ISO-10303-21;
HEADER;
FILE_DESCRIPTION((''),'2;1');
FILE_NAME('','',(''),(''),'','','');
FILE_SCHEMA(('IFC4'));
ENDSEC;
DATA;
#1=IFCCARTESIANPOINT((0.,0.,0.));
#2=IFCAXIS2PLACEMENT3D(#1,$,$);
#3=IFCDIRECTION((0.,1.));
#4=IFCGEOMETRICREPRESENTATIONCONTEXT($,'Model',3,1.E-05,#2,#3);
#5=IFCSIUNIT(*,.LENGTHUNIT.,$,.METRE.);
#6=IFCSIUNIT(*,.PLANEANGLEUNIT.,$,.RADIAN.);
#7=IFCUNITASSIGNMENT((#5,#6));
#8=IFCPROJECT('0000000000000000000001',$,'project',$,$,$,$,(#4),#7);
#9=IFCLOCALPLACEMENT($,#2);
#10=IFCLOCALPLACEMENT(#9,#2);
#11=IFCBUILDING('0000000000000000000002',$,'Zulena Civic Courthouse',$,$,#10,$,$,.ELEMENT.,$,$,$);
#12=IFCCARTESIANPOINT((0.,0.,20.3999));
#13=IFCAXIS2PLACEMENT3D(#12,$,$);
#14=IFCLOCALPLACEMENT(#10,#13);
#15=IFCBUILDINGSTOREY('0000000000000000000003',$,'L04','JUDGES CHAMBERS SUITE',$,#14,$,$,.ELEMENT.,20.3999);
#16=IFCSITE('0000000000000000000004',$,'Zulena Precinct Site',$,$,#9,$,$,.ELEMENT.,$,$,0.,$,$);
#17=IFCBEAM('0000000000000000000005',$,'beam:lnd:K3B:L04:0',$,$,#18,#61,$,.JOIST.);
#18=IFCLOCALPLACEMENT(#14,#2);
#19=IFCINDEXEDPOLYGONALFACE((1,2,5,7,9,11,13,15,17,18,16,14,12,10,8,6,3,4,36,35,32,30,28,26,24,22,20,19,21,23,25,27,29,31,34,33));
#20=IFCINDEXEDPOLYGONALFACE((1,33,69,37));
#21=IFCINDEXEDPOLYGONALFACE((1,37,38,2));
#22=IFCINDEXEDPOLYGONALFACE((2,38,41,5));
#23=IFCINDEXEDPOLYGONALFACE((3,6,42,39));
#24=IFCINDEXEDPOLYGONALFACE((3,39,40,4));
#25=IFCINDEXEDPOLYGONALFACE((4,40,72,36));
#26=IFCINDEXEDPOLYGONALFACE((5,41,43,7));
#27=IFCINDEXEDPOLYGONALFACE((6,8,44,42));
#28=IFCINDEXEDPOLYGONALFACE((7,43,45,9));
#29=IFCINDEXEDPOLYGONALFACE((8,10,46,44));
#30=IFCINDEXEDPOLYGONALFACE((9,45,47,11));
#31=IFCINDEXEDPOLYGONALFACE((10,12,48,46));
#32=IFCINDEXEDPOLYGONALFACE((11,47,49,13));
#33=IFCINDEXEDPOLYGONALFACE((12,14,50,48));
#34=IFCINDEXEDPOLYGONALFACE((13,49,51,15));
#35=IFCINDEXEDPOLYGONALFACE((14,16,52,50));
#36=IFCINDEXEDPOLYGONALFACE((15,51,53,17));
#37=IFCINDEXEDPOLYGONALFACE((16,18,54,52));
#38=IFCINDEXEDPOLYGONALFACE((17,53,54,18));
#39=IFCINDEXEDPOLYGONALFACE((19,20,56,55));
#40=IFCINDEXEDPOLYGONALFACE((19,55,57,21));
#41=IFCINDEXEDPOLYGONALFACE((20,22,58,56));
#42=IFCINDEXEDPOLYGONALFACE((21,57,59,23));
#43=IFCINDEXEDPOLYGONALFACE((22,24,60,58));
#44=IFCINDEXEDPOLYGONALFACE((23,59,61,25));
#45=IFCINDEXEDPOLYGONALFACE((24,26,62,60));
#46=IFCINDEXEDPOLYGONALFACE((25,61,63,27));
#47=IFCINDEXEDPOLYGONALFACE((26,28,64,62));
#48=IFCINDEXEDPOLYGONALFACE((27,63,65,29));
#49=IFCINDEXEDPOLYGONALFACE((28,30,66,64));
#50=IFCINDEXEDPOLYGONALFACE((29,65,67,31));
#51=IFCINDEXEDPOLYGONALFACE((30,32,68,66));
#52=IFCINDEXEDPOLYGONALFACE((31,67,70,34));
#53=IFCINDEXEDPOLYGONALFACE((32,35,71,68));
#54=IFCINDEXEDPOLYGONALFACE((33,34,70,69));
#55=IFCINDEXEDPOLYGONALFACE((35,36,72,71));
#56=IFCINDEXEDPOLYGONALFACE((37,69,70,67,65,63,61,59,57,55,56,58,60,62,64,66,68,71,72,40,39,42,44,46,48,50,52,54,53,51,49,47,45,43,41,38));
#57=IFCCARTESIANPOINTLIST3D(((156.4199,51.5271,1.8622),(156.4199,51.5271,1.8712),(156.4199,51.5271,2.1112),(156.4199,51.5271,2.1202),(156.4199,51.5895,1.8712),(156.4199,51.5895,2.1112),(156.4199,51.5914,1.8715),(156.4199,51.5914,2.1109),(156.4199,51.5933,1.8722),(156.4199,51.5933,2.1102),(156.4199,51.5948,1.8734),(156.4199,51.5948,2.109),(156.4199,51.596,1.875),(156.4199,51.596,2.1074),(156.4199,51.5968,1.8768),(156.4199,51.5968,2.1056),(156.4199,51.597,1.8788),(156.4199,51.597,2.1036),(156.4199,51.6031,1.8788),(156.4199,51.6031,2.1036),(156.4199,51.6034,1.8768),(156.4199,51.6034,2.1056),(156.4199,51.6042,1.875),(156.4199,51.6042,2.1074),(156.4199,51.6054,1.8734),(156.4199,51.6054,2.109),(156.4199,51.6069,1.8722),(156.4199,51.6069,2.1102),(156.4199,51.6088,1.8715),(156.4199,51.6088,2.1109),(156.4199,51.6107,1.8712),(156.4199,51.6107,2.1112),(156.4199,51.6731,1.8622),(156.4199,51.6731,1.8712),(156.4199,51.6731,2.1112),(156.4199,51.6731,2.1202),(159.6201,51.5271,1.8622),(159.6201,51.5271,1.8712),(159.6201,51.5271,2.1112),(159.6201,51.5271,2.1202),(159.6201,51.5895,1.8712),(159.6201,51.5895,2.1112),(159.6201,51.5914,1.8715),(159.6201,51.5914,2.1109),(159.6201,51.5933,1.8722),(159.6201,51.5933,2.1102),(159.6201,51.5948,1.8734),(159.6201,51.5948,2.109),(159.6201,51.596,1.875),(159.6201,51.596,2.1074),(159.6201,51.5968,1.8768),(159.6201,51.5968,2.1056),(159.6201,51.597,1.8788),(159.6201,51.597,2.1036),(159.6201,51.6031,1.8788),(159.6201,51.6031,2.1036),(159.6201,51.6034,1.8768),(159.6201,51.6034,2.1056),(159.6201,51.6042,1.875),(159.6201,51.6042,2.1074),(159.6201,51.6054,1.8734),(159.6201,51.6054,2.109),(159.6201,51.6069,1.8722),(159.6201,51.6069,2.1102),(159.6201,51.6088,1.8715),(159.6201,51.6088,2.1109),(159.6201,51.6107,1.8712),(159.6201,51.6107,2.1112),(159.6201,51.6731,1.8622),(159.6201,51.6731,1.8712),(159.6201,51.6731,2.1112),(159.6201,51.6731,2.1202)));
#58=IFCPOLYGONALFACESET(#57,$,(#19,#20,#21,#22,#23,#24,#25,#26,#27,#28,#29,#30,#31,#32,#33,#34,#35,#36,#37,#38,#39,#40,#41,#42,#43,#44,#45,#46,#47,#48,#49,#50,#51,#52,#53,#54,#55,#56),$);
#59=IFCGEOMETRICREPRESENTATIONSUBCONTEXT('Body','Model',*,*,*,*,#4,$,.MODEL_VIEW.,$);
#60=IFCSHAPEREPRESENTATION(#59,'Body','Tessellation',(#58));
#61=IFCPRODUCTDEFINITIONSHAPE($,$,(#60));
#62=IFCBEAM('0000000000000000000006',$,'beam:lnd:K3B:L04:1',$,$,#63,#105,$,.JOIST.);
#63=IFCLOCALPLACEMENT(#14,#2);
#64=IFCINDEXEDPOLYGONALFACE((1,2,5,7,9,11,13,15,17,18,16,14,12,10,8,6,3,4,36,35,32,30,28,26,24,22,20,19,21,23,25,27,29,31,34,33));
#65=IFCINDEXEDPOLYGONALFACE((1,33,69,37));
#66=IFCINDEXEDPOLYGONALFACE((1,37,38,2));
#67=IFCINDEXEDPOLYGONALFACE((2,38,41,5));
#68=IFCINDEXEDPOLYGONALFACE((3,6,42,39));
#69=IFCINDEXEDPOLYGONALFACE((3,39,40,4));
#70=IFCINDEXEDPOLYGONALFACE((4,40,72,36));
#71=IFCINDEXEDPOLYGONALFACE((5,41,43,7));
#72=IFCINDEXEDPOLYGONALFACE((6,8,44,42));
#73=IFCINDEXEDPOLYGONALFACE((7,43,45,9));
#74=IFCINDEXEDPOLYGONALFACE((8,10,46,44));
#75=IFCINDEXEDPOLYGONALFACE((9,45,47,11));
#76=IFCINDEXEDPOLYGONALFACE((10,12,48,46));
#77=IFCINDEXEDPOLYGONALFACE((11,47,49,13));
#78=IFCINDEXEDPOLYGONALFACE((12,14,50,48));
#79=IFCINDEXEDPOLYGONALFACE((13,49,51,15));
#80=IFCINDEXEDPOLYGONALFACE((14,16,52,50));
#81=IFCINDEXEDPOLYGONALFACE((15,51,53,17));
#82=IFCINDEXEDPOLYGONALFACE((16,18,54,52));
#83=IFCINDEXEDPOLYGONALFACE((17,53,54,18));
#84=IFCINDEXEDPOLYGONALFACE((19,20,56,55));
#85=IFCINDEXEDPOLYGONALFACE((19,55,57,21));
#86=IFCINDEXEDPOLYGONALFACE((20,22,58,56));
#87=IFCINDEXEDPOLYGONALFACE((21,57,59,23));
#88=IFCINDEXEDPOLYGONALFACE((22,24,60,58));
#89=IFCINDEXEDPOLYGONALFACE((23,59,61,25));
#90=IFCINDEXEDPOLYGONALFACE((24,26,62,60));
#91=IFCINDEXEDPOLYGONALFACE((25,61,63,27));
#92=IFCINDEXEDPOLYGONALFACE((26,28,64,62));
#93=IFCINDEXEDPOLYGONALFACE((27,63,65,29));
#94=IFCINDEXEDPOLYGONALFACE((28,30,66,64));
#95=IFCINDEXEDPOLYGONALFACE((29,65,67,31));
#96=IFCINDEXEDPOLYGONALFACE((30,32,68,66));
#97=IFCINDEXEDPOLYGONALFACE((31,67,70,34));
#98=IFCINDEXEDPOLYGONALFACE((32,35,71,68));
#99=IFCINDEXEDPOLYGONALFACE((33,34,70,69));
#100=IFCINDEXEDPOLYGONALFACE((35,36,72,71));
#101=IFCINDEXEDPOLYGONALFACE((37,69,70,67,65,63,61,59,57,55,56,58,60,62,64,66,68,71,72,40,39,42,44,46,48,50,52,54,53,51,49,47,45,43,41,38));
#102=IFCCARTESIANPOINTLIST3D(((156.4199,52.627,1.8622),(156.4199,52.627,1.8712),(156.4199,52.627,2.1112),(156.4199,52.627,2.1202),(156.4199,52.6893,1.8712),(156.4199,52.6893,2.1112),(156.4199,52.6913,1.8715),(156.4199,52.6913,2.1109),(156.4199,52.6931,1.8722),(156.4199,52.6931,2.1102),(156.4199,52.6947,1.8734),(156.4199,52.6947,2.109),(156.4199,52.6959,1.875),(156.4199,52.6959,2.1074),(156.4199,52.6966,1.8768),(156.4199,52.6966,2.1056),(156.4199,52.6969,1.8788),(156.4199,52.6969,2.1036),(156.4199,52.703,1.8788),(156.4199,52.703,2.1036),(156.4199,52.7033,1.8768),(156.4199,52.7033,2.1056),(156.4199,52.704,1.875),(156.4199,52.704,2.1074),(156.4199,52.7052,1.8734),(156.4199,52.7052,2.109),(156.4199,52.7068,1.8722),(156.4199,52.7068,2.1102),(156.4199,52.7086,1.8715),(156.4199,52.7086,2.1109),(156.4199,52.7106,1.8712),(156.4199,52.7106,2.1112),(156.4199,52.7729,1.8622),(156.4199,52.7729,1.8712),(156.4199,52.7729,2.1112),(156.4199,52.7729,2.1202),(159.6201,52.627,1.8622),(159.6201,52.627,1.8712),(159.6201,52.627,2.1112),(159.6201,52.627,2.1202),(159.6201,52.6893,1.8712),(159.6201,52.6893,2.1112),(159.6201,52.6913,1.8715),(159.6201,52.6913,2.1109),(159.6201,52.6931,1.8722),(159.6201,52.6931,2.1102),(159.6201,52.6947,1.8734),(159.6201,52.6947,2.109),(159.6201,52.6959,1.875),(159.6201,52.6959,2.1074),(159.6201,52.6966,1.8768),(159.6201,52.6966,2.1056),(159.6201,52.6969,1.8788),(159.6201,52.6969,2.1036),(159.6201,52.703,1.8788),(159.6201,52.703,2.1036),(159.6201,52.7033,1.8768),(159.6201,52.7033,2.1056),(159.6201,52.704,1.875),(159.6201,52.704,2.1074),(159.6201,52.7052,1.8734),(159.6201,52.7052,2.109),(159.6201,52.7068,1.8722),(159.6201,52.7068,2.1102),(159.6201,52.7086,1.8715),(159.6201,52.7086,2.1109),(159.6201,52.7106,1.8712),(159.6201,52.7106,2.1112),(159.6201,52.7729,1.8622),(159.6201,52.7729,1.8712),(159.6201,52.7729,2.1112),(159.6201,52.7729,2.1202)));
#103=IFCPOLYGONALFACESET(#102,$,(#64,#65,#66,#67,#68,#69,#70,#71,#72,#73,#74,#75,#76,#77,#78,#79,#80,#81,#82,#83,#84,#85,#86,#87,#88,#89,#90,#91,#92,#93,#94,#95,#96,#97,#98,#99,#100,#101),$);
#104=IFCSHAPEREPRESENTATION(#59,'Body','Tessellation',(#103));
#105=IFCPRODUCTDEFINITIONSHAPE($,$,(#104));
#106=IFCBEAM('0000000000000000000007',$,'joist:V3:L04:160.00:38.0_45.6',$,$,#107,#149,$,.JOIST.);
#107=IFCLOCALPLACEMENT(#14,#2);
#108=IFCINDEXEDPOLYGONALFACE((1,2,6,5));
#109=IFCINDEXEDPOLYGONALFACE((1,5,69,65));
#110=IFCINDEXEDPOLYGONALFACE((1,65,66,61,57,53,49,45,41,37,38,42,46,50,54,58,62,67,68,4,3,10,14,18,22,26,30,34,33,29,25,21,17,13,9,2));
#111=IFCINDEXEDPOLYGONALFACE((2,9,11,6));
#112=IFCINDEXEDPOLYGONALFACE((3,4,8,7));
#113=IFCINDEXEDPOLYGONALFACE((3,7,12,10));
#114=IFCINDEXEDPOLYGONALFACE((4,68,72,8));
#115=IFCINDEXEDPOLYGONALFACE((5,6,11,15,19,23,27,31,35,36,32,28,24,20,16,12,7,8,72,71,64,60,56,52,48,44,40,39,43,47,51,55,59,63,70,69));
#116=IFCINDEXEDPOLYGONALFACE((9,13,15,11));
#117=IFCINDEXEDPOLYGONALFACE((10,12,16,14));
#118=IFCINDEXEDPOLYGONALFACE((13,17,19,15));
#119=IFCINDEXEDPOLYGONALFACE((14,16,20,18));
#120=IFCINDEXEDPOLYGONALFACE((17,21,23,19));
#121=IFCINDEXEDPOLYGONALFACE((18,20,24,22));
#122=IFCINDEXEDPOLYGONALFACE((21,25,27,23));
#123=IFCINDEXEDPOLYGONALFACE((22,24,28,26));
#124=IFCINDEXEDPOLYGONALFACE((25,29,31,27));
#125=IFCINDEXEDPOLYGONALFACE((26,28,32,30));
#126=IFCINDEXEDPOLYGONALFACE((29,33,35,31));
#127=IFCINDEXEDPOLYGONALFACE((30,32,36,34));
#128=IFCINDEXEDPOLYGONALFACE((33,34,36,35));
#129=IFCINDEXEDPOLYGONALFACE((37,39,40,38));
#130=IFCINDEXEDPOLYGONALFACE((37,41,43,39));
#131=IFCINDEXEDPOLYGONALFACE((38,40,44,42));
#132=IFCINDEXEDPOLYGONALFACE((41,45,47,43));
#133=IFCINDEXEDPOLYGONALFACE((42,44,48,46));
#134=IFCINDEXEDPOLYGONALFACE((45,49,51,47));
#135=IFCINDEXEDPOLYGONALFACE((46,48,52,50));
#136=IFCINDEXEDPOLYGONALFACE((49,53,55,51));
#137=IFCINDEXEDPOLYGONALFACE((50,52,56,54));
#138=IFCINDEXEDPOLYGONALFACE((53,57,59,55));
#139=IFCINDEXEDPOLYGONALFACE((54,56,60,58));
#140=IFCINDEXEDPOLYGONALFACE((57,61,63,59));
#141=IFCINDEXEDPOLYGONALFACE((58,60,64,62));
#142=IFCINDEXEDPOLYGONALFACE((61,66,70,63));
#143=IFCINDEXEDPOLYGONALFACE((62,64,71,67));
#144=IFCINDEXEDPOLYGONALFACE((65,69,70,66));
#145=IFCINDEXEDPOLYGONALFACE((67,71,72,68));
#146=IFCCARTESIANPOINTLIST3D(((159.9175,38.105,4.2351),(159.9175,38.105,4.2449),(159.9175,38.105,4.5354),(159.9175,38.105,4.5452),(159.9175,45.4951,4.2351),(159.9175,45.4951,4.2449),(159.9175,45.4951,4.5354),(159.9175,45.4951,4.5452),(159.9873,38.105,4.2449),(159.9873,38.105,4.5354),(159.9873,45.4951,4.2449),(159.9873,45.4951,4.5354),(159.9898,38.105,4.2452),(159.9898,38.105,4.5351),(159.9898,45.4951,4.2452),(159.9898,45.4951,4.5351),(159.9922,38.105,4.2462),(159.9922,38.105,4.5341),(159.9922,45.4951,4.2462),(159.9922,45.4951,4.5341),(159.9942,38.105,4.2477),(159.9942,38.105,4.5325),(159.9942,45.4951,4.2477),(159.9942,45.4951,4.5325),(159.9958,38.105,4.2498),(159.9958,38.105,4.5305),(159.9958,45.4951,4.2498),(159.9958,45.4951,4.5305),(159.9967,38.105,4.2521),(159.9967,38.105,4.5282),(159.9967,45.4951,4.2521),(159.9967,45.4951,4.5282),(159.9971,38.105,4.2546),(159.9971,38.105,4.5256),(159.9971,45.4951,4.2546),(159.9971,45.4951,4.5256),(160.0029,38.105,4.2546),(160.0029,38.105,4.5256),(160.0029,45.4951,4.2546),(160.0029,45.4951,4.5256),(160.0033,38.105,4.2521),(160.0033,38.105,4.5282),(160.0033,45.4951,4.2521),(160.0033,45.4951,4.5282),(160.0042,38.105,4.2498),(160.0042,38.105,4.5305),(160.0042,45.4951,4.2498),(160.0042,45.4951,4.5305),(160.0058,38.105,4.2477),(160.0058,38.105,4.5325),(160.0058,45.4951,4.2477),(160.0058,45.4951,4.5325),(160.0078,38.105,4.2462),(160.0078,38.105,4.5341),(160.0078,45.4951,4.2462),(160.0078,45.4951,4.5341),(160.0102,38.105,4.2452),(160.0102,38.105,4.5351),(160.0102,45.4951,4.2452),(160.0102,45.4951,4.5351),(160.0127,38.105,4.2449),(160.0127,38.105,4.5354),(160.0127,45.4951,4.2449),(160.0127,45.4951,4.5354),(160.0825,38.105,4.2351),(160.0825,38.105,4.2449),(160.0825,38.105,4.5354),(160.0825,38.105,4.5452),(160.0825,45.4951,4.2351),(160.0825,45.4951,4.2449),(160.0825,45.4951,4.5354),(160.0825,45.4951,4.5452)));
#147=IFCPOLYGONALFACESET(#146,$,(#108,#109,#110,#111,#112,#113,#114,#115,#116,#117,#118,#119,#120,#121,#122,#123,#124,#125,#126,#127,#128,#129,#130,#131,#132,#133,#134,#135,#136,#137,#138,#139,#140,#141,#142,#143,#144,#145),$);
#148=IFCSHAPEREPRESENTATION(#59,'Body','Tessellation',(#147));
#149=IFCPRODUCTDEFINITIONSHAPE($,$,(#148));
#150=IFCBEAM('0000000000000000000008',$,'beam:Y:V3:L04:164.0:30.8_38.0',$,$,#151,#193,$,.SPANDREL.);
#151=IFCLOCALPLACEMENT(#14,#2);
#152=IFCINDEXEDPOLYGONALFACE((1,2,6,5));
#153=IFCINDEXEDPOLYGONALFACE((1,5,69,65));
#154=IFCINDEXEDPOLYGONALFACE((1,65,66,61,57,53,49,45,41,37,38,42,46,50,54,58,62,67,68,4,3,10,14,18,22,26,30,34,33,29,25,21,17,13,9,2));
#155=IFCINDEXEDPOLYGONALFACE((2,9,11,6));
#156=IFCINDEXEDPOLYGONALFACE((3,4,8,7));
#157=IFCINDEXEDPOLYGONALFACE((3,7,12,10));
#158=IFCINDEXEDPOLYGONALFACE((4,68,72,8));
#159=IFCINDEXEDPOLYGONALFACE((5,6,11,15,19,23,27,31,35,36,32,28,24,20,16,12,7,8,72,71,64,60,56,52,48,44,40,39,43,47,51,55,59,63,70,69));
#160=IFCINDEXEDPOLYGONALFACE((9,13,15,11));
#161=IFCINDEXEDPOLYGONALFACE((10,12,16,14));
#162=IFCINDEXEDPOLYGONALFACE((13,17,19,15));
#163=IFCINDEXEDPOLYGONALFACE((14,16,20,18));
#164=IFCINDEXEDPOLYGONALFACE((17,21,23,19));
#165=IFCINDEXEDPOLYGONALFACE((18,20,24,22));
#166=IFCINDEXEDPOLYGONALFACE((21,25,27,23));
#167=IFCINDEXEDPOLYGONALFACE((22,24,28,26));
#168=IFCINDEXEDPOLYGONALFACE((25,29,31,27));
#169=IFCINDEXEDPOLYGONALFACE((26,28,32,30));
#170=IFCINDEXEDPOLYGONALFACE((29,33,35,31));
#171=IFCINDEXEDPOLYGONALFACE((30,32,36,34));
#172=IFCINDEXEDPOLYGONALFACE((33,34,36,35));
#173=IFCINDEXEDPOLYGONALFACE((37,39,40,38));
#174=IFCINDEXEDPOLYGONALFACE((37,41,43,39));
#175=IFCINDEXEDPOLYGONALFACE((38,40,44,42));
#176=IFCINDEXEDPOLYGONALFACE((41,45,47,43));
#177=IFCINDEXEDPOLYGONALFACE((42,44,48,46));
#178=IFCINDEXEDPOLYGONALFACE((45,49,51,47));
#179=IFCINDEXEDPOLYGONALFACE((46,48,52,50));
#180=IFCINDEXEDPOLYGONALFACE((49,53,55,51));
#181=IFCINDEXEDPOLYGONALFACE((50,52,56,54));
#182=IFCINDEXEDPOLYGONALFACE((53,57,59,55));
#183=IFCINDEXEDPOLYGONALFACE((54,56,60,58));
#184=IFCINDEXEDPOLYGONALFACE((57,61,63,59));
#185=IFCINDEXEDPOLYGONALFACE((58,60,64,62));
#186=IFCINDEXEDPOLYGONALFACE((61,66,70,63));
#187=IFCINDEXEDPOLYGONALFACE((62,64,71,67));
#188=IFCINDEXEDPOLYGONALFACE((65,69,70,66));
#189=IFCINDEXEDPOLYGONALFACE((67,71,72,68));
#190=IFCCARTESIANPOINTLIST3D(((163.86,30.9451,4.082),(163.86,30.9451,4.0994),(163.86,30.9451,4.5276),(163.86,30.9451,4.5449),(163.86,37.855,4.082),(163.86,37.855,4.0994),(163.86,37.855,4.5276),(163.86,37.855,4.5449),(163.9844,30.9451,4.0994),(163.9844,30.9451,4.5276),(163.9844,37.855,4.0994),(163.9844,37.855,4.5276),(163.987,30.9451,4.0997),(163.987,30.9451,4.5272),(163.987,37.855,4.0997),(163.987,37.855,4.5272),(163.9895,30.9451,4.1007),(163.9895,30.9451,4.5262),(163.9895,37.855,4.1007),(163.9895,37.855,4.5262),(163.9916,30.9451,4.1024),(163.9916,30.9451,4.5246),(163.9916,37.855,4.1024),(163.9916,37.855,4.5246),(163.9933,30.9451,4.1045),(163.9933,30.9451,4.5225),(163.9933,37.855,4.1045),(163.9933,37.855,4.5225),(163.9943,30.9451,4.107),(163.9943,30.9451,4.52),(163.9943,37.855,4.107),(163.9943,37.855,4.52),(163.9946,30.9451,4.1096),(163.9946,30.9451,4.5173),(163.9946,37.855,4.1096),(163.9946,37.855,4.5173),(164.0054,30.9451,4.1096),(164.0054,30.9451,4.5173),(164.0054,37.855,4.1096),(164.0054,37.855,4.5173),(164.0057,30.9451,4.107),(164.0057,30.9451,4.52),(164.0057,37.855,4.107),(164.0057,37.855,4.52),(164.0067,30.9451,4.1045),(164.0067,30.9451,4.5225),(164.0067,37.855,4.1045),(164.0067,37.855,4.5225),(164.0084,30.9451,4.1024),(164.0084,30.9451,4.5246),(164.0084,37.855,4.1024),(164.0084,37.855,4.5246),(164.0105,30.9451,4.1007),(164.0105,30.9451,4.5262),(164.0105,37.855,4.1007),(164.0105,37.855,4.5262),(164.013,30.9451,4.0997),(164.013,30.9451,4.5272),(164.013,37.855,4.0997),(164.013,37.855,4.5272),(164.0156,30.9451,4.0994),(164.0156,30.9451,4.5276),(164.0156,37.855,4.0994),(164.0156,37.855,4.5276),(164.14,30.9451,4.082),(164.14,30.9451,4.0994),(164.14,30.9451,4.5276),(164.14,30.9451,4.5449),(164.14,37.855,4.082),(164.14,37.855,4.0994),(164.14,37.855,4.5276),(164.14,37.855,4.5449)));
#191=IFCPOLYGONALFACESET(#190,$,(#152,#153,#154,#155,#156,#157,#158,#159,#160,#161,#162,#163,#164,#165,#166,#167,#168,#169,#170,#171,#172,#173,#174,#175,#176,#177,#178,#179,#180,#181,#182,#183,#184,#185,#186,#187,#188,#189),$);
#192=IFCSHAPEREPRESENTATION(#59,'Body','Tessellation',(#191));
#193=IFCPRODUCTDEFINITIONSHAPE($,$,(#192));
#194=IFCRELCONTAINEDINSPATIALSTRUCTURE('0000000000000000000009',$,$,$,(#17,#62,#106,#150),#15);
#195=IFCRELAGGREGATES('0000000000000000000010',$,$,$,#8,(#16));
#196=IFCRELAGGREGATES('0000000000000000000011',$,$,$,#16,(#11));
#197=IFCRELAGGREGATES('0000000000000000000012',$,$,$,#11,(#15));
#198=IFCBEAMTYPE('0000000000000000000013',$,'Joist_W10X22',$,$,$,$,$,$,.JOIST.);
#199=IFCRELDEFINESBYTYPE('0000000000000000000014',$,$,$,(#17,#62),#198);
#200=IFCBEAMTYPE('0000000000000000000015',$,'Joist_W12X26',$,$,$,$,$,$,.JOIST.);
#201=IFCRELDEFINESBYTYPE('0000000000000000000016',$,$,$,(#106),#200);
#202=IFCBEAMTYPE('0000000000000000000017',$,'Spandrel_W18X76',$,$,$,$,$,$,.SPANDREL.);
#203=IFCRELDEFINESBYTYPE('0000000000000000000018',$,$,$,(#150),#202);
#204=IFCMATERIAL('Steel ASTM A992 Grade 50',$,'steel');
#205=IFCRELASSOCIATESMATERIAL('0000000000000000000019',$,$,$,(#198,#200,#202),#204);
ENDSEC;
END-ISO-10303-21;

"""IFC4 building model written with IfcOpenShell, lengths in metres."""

from ifc_helpers import new_model, si_unit, direction, frame, origin, origin_2d, place, context, subcontext, project, spatial, i_section, extrude, material, material_profile, profile_set, type_object, element, save


model = new_model("IFC4")

# Units and contexts
model_context = context("Model", 3, precision=1e-05, world=origin(), true_north=direction((0.0, 1.0)))
body_context = subcontext(model_context, "Body", "Model", "MODEL_VIEW")
ifc_project = project(units=[si_unit("LENGTHUNIT", "METRE"), si_unit("PLANEANGLEUNIT", "RADIAN")], contexts=[model_context])

# Site, building, storey
site_placement = place(None, origin())
site = spatial("IfcSite", under=ifc_project, at=site_placement, Name="Zulena Precinct Site", CompositionType="ELEMENT", RefElevation=0.0)
building_placement = place(site_placement, origin())
building = spatial("IfcBuilding", under=site, at=building_placement, Name="Zulena Civic Courthouse", CompositionType="ELEMENT")
storey_placement = place(building_placement, frame((0.0, 0.0, 20.3999)))
storey = spatial("IfcBuildingStorey", under=building, at=storey_placement, Name="L04", Description="JUDGES CHAMBERS SUITE", CompositionType="ELEMENT", Elevation=20.3999)

# Shared definitions
ifc_material_1 = material(Name="Steel ASTM A992 Grade 50", Category="steel")

# Beams
ifc_material_profile_1 = material_profile(ifc_material_1, i_section(OverallWidth=0.146, OverallDepth=0.2581, WebThickness=0.0061, FlangeThickness=0.009, FilletRadius=0.0076, at=origin_2d()), Name="W10X22")
ifc_profile_set_1 = profile_set([ifc_material_profile_1], Name="Steel ASTM A992 Grade 50")
beam_type_1 = type_object("IfcBeamType", Name="Joist_W10X22", PredefinedType="JOIST", material=ifc_profile_set_1)
for number, where, z_axis, x_axis, name in (
    (1, (156.4199, 51.6001, 1.9912), (1.0, 0.0, 0.0), (0.0, 1.0, 0.0), "beam:lnd:K3B:L04:0"),
    (2, (156.4199, 52.7, 1.9912), (1.0, 0.0, 0.0), (0.0, 1.0, 0.0), "beam:lnd:K3B:L04:1"),
):
    element("IfcBeam", number, at=place(storey_placement, frame(where, z_axis=z_axis, x_axis=x_axis)), inside=storey, type_object=beam_type_1, Name=name, PredefinedType="JOIST", context=body_context, shape_type="SweptSolid", body=[
        extrude(i_section(OverallWidth=0.146, OverallDepth=0.2581, WebThickness=0.0061, FlangeThickness=0.009, FilletRadius=0.0076, at=origin_2d()), origin(), (0.0, 0.0, 1.0), 3.2002),
    ])
ifc_material_profile_2 = material_profile(ifc_material_1, i_section(OverallWidth=0.165, OverallDepth=0.3101, WebThickness=0.0059, FlangeThickness=0.0098, FilletRadius=0.0098, at=origin_2d()), Name="W12X26")
ifc_profile_set_2 = profile_set([ifc_material_profile_2], Name="Steel ASTM A992 Grade 50")
beam_type_2 = type_object("IfcBeamType", Name="Joist_W12X26", PredefinedType="JOIST", material=ifc_profile_set_2)
beam_1_placement = place(storey_placement, frame((160.0, 38.105, 4.3901), z_axis=(0.0, 1.0, 0.0), x_axis=(-1.0, 0.0, 0.0)))
element("IfcBeam", 3, at=beam_1_placement, inside=storey, type_object=beam_type_2, Name="joist:V3:L04:160.00:38.0_45.6", PredefinedType="JOIST", context=body_context, shape_type="SweptSolid", body=[
    extrude(i_section(OverallWidth=0.165, OverallDepth=0.3101, WebThickness=0.0059, FlangeThickness=0.0098, FilletRadius=0.0098, at=origin_2d()), origin(), (0.0, 0.0, 1.0), 7.3901),
])
ifc_material_profile_3 = material_profile(ifc_material_1, i_section(OverallWidth=0.28, OverallDepth=0.4629, WebThickness=0.0107, FlangeThickness=0.0173, FilletRadius=0.0103, at=origin_2d()), Name="W18X76")
ifc_profile_set_3 = profile_set([ifc_material_profile_3], Name="Steel ASTM A992 Grade 50")
beam_type_3 = type_object("IfcBeamType", Name="Spandrel_W18X76", PredefinedType="SPANDREL", material=ifc_profile_set_3)
beam_2_placement = place(storey_placement, frame((164.0, 30.9451, 4.3135), z_axis=(0.0, 1.0, 0.0), x_axis=(-1.0, 0.0, 0.0)))
element("IfcBeam", 4, at=beam_2_placement, inside=storey, type_object=beam_type_3, Name="beam:Y:V3:L04:164.0:30.8_38.0", PredefinedType="SPANDREL", context=body_context, shape_type="SweptSolid", body=[
    extrude(i_section(OverallWidth=0.28, OverallDepth=0.4629, WebThickness=0.0107, FlangeThickness=0.0173, FilletRadius=0.0103, at=origin_2d()), origin(), (0.0, 0.0, 1.0), 6.9099),
])

save(model, "model.ifc")
